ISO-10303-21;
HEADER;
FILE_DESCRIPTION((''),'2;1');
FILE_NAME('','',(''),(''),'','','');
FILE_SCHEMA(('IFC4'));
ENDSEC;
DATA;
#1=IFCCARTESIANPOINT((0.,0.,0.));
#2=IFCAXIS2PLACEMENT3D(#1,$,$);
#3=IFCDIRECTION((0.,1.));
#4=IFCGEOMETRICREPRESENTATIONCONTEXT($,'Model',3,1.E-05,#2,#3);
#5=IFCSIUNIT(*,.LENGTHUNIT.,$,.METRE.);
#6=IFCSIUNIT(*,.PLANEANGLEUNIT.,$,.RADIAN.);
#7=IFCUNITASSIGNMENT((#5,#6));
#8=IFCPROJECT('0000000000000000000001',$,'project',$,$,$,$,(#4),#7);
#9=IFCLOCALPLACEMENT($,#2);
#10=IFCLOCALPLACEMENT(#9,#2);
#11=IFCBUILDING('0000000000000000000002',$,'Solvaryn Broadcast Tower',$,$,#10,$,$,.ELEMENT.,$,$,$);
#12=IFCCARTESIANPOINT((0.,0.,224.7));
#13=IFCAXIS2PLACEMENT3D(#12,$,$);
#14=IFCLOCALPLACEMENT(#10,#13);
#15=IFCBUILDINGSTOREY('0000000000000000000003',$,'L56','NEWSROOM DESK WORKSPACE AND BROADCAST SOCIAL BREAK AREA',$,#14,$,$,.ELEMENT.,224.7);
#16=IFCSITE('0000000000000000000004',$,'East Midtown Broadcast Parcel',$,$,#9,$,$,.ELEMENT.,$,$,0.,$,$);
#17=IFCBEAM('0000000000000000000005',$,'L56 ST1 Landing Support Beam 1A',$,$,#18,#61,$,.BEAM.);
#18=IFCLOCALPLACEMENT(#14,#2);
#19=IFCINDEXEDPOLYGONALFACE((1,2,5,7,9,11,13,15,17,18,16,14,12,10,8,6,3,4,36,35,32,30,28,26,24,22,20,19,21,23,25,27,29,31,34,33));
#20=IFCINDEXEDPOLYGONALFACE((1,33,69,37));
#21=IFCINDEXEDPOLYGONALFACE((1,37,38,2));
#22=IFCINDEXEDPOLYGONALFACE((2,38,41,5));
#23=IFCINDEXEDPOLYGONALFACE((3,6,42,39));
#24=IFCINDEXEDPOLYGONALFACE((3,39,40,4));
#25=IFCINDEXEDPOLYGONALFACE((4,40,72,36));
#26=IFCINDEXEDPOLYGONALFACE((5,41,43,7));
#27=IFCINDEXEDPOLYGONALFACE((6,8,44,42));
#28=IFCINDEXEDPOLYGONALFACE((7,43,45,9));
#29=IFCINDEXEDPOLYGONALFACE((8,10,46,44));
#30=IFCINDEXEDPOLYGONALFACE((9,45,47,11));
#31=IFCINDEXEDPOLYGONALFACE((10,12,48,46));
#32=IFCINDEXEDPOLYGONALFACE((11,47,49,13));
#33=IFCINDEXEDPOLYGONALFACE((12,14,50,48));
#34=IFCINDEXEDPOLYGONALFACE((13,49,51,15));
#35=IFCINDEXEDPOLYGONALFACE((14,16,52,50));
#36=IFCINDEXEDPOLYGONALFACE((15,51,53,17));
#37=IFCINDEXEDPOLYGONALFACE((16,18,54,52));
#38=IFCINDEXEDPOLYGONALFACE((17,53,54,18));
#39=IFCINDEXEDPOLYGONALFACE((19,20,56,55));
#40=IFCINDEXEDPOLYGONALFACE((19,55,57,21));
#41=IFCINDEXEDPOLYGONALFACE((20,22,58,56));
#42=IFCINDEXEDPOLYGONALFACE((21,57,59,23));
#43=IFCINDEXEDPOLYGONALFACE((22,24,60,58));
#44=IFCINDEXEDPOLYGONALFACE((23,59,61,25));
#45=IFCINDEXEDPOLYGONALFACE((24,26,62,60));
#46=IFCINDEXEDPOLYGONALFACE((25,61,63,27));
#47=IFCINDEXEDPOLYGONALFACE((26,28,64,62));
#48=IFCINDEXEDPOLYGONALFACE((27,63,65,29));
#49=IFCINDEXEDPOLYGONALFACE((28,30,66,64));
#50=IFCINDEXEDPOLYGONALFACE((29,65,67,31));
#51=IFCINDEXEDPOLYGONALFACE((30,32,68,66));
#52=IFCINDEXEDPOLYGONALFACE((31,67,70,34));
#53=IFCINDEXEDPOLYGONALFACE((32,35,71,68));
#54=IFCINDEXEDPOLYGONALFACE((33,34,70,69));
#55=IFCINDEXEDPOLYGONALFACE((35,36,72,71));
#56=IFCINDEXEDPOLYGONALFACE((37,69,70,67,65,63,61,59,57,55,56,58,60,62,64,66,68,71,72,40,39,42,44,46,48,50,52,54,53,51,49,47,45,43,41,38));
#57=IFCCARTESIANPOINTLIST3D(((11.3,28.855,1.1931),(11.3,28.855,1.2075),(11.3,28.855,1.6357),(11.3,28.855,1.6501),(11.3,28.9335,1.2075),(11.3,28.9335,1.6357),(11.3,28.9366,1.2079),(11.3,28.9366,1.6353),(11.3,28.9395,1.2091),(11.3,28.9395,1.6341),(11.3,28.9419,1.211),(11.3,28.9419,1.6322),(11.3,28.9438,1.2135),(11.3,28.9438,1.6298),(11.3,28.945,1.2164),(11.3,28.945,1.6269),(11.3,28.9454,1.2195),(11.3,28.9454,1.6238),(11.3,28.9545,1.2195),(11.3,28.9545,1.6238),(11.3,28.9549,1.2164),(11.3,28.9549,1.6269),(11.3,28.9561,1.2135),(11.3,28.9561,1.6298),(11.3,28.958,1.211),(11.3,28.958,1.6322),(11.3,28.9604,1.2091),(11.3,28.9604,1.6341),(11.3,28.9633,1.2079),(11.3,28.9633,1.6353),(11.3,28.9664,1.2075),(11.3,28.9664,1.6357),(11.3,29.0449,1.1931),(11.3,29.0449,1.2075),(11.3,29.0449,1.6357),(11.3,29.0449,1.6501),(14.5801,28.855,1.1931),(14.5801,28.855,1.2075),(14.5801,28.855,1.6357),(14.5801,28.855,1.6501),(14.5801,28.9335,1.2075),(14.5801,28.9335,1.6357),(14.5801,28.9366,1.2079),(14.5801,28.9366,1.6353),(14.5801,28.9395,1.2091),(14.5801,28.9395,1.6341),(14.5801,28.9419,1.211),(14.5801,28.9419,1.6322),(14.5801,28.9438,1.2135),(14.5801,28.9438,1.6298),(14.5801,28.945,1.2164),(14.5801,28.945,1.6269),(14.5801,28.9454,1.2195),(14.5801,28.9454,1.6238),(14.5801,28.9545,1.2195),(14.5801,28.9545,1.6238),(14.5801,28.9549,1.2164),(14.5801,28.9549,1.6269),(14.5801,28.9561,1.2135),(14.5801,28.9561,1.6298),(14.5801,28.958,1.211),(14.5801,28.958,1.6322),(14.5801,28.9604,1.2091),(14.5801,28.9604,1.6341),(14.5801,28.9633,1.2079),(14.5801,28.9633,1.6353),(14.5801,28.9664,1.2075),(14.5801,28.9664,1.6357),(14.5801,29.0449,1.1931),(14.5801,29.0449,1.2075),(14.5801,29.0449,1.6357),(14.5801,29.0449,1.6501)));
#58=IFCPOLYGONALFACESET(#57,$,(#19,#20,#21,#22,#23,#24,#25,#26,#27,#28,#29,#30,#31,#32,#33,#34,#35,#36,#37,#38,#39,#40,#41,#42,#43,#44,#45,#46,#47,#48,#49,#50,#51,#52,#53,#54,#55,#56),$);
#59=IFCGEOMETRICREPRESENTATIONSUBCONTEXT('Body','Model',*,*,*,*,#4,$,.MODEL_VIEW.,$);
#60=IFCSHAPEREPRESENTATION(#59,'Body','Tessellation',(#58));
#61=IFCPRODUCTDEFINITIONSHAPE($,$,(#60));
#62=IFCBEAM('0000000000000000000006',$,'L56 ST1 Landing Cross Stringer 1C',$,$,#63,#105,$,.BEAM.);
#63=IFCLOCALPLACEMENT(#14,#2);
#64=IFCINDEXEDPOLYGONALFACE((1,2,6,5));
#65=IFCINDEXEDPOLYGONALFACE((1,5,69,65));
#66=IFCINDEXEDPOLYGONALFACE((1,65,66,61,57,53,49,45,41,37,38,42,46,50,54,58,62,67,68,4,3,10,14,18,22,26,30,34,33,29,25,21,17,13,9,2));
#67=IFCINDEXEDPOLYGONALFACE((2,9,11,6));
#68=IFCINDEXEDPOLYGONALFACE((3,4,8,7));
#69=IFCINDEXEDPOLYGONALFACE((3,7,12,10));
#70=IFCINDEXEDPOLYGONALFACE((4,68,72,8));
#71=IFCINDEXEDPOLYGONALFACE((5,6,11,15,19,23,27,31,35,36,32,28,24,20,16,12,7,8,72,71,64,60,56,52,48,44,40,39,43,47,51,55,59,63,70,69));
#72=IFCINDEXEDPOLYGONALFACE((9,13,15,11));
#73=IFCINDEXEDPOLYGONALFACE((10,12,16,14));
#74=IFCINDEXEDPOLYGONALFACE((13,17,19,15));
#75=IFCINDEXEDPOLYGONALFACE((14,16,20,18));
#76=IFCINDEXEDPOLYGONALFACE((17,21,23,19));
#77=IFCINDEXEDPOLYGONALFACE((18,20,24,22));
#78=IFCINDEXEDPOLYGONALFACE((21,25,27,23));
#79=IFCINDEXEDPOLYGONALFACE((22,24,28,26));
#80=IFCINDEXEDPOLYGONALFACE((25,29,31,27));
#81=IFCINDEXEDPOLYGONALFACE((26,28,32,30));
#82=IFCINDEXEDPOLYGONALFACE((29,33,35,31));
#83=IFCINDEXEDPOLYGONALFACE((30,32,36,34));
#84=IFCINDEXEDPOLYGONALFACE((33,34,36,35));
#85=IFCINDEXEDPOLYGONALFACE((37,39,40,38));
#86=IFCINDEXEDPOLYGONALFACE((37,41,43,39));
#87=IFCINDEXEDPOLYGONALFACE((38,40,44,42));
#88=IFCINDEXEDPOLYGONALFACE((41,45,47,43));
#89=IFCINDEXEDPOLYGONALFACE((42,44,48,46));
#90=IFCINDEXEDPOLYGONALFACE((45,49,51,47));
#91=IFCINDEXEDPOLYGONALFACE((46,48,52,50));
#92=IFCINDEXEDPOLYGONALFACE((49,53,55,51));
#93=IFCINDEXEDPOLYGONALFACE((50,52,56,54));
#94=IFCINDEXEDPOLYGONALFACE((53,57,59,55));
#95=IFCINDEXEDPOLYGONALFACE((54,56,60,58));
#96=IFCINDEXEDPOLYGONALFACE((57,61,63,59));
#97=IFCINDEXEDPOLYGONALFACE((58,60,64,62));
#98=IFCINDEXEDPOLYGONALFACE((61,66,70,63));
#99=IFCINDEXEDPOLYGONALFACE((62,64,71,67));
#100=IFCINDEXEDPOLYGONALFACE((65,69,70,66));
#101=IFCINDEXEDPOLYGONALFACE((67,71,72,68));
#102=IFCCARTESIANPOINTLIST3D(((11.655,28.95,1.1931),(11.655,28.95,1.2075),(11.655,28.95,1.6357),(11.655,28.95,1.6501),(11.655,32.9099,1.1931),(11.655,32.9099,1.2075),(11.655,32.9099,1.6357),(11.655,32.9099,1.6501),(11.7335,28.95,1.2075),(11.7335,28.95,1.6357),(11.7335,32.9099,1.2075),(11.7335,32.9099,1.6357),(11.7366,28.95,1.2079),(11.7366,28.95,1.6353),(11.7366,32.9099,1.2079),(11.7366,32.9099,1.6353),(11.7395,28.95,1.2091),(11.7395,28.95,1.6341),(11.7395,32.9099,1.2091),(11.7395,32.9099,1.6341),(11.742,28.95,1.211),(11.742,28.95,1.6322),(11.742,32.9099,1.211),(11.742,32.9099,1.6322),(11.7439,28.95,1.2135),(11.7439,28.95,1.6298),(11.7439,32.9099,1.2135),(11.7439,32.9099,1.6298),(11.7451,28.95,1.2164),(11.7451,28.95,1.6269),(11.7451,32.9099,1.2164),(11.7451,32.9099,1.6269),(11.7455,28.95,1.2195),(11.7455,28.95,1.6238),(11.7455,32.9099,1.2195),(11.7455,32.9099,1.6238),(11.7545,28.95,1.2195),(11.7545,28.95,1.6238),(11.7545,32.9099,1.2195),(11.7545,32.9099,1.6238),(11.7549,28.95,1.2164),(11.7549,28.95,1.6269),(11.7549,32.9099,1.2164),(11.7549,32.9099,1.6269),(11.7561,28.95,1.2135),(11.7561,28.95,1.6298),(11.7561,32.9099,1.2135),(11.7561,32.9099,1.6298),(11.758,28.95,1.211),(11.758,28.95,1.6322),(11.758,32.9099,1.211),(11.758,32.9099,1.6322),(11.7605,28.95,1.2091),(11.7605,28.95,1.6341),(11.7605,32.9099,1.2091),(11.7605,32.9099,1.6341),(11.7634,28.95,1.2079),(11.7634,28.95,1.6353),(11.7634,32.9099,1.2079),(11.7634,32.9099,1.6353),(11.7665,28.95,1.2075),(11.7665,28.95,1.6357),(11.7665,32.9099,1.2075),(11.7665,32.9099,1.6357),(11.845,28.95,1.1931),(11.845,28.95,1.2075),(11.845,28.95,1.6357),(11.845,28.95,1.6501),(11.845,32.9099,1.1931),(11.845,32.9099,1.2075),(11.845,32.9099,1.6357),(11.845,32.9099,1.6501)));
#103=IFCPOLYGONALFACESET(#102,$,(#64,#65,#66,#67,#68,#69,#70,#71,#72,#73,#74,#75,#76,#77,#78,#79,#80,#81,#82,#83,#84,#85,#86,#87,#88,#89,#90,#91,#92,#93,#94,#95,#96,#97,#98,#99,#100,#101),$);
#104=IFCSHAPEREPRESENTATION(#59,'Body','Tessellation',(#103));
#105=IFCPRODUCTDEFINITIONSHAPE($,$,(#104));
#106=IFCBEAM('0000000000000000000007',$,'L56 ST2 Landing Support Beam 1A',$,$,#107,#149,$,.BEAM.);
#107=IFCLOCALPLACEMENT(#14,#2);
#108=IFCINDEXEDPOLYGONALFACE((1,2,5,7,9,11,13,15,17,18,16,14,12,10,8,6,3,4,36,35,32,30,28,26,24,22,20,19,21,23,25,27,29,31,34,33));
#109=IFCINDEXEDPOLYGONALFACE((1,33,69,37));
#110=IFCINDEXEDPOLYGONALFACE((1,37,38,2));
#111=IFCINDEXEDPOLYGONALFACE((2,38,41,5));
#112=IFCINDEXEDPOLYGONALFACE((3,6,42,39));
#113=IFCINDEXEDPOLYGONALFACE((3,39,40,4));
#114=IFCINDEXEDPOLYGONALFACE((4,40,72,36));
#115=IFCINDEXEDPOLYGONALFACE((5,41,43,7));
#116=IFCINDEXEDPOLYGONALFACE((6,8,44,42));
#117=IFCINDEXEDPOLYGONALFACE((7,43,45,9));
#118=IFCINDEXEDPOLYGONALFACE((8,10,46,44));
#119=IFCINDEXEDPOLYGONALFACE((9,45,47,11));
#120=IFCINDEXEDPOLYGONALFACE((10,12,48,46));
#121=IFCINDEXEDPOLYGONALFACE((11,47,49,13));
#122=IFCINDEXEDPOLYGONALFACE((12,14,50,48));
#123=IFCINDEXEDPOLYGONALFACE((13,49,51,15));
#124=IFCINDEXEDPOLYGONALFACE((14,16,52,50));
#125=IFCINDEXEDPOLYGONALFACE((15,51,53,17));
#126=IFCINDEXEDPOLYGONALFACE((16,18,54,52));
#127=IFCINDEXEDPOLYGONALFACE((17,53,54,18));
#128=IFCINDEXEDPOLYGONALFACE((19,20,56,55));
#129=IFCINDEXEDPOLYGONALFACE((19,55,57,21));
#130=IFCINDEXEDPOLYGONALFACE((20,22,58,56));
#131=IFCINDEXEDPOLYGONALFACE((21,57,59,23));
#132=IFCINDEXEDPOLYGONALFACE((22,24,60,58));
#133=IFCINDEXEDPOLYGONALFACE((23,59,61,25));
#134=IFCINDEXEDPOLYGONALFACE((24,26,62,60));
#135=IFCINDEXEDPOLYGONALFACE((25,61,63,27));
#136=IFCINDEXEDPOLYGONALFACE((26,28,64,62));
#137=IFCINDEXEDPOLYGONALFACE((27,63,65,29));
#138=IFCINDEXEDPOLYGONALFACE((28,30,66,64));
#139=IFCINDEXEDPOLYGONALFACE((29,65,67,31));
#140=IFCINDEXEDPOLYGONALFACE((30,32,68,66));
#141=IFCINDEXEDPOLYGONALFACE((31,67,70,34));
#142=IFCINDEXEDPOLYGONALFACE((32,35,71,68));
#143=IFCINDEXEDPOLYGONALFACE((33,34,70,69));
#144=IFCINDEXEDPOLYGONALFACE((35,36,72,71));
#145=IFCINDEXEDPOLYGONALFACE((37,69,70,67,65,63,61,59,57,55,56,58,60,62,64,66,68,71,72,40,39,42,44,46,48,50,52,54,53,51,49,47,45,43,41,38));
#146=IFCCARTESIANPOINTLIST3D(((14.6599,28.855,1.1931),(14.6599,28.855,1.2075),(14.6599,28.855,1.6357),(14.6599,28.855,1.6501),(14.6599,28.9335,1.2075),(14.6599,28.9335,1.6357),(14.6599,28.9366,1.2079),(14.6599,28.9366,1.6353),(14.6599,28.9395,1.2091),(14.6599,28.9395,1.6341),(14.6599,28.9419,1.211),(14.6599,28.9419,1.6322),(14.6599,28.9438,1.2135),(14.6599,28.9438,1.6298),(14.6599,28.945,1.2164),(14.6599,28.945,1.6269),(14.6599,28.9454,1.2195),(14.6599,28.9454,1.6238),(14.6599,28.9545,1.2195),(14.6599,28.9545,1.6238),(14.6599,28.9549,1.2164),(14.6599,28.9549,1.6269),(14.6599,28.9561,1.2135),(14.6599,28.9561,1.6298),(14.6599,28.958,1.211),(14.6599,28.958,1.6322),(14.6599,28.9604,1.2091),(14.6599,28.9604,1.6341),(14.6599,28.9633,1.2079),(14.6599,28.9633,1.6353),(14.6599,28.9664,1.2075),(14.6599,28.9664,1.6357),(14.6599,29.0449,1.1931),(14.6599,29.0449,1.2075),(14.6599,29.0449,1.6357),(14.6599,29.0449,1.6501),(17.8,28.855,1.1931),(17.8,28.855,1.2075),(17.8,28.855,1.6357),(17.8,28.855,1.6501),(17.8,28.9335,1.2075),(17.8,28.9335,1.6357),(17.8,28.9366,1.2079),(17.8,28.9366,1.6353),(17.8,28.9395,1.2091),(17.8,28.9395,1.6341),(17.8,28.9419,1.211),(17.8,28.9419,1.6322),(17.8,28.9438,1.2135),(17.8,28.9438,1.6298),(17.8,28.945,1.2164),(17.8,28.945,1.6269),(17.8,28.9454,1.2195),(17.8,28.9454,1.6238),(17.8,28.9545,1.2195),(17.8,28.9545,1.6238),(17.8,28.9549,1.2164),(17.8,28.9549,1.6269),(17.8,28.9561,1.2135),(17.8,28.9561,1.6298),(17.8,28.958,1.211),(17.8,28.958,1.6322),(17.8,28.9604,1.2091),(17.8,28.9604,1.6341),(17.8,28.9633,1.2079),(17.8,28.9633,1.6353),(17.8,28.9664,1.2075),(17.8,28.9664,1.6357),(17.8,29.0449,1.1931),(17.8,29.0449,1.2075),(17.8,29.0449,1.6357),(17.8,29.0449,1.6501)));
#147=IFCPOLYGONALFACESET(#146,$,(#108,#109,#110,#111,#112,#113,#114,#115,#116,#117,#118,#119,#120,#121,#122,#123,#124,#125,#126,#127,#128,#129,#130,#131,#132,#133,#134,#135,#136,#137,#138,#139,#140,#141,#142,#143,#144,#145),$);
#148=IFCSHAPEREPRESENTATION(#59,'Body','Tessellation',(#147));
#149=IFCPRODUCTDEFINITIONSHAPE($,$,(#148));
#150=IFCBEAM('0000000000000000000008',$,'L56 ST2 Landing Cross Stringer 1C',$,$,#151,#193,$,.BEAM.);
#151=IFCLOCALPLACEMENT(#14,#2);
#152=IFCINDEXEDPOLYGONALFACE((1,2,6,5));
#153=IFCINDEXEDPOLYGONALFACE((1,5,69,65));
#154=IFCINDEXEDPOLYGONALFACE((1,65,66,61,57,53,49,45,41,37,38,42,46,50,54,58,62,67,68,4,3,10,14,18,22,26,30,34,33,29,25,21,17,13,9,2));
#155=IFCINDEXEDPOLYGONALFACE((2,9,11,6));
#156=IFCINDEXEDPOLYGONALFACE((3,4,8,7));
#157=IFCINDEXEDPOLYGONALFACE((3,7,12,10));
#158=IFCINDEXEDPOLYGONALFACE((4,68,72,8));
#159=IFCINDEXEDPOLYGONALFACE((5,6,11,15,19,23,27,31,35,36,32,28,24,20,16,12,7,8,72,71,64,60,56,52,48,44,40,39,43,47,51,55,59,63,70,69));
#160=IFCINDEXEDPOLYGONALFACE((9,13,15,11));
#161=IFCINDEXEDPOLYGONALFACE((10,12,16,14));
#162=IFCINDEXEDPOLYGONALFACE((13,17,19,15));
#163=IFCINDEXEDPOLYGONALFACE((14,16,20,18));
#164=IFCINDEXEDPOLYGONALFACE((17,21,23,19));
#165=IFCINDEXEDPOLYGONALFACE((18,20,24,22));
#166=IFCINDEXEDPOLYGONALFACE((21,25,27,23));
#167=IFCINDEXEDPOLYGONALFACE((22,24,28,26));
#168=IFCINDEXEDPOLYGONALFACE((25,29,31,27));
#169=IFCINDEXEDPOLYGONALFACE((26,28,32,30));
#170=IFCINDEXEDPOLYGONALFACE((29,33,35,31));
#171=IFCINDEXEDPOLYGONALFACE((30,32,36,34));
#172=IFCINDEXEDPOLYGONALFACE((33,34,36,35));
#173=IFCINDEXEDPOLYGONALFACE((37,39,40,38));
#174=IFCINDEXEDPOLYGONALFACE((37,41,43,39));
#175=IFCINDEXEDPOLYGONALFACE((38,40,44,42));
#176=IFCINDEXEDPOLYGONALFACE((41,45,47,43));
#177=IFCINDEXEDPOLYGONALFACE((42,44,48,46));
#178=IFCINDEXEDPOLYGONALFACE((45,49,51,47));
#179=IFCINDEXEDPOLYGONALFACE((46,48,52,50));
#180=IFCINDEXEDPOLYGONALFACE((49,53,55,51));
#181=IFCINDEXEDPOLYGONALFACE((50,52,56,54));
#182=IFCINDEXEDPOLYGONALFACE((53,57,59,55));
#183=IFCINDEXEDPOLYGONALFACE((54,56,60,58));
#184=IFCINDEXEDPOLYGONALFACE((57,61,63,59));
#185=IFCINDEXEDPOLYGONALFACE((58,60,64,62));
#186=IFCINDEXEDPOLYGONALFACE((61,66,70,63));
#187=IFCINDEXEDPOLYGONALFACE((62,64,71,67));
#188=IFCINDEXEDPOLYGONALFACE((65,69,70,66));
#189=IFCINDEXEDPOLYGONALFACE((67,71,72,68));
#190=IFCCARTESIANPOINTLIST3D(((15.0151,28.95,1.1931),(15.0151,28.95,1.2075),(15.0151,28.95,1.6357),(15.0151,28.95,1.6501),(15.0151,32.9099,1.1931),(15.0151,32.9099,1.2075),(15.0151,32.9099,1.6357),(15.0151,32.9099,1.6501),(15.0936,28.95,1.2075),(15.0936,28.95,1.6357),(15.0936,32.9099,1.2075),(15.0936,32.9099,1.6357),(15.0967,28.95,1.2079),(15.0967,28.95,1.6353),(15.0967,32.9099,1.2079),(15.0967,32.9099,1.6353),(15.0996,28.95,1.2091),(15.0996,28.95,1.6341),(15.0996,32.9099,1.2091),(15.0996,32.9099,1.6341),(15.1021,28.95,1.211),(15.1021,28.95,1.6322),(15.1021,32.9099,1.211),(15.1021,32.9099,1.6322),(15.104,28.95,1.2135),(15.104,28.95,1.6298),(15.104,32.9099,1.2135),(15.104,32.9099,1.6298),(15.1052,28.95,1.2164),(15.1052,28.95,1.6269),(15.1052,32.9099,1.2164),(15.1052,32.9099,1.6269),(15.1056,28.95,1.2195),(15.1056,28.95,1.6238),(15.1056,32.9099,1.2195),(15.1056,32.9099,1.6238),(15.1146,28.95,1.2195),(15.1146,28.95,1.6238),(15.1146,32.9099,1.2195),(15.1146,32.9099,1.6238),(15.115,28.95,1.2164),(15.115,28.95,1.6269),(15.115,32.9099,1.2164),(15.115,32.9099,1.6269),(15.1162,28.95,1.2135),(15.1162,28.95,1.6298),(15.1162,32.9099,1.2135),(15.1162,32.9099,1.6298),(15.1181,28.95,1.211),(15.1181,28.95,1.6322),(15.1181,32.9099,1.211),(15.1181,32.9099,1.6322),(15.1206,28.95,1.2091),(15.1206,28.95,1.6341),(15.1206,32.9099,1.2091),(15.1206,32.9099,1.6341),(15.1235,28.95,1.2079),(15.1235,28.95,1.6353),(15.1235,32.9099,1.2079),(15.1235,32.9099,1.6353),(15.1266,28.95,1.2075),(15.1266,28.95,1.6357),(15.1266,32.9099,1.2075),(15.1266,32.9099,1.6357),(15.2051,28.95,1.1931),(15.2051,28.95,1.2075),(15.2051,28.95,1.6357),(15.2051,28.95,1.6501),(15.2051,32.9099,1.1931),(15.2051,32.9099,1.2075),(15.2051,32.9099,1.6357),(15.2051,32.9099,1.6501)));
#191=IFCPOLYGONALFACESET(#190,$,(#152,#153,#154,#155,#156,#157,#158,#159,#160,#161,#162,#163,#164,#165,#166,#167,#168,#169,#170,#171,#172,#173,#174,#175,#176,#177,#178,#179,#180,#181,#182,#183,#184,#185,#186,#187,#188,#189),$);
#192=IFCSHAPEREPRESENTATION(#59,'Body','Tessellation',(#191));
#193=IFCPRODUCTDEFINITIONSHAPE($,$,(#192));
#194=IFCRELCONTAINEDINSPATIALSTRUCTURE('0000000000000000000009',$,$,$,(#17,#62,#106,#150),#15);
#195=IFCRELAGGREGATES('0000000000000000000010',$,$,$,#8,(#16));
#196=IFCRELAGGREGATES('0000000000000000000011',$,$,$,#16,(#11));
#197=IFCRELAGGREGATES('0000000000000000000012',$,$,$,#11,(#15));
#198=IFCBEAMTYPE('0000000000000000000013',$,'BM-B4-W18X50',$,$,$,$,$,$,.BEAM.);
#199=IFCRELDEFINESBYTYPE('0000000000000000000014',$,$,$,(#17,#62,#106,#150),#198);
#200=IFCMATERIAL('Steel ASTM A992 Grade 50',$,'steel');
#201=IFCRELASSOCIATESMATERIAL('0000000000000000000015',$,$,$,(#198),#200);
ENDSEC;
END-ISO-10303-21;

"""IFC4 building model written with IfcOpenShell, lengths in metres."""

from ifc_helpers import new_model, si_unit, direction, frame, origin, origin_2d, place, context, subcontext, project, spatial, i_section, extrude, material, material_profile, profile_set, type_object, element, save


model = new_model("IFC4")

# Units and contexts
model_context = context("Model", 3, precision=1e-05, world=origin(), true_north=direction((0.0, 1.0)))
body_context = subcontext(model_context, "Body", "Model", "MODEL_VIEW")
ifc_project = project(units=[si_unit("LENGTHUNIT", "METRE"), si_unit("PLANEANGLEUNIT", "RADIAN")], contexts=[model_context])

# Site, building, storey
site_placement = place(None, origin())
site = spatial("IfcSite", under=ifc_project, at=site_placement, Name="East Midtown Broadcast Parcel", CompositionType="ELEMENT", RefElevation=0.0)
building_placement = place(site_placement, origin())
building = spatial("IfcBuilding", under=site, at=building_placement, Name="Solvaryn Broadcast Tower", CompositionType="ELEMENT")
storey_placement = place(building_placement, frame((0.0, 0.0, 224.7)))
storey = spatial("IfcBuildingStorey", under=building, at=storey_placement, Name="L56", Description="NEWSROOM DESK WORKSPACE AND BROADCAST SOCIAL BREAK AREA", CompositionType="ELEMENT", Elevation=224.7)

# Beams
ifc_material_1 = material(Name="Steel ASTM A992 Grade 50", Category="steel")
ifc_material_profile_1 = material_profile(ifc_material_1, i_section(OverallWidth=0.1899, OverallDepth=0.457, WebThickness=0.009, FlangeThickness=0.0144, FilletRadius=0.012, at=origin_2d()))
ifc_profile_set_1 = profile_set([ifc_material_profile_1], Name="Steel ASTM A992 Grade 50")
beam_type_1 = type_object("IfcBeamType", Name="BM-B4-W18X50", PredefinedType="BEAM", material=ifc_profile_set_1)
beam_1_placement = place(storey_placement, frame((11.3, 28.95, 1.4216), z_axis=(1.0, 0.0, 0.0), x_axis=(0.0, 1.0, 0.0)))
element("IfcBeam", 1, at=beam_1_placement, inside=storey, type_object=beam_type_1, Name="L56 ST1 Landing Support Beam 1A", PredefinedType="BEAM", context=body_context, shape_type="SweptSolid", body=[
    extrude(i_section(OverallWidth=0.1899, OverallDepth=0.457, WebThickness=0.009, FlangeThickness=0.0144, FilletRadius=0.012, at=origin_2d()), origin(), (0.0, 0.0, 1.0), 3.28),
])
beam_2_placement = place(storey_placement, frame((11.75, 28.95, 1.4216), z_axis=(0.0, 1.0, 0.0), x_axis=(-1.0, 0.0, 0.0)))
element("IfcBeam", 2, at=beam_2_placement, inside=storey, type_object=beam_type_1, Name="L56 ST1 Landing Cross Stringer 1C", PredefinedType="BEAM", context=body_context, shape_type="SweptSolid", body=[
    extrude(i_section(OverallWidth=0.1899, OverallDepth=0.457, WebThickness=0.009, FlangeThickness=0.0144, FilletRadius=0.012, at=origin_2d()), origin(), (0.0, 0.0, 1.0), 3.96),
])
beam_3_placement = place(storey_placement, frame((14.6599, 28.95, 1.4216), z_axis=(1.0, 0.0, 0.0), x_axis=(0.0, 1.0, 0.0)))
element("IfcBeam", 3, at=beam_3_placement, inside=storey, type_object=beam_type_1, Name="L56 ST2 Landing Support Beam 1A", PredefinedType="BEAM", context=body_context, shape_type="SweptSolid", body=[
    extrude(i_section(OverallWidth=0.1899, OverallDepth=0.457, WebThickness=0.009, FlangeThickness=0.0144, FilletRadius=0.012, at=origin_2d()), origin(), (0.0, 0.0, 1.0), 3.1401),
])
beam_4_placement = place(storey_placement, frame((15.1101, 28.95, 1.4216), z_axis=(0.0, 1.0, 0.0), x_axis=(-1.0, 0.0, 0.0)))
element("IfcBeam", 4, at=beam_4_placement, inside=storey, type_object=beam_type_1, Name="L56 ST2 Landing Cross Stringer 1C", PredefinedType="BEAM", context=body_context, shape_type="SweptSolid", body=[
    extrude(i_section(OverallWidth=0.1899, OverallDepth=0.457, WebThickness=0.009, FlangeThickness=0.0144, FilletRadius=0.012, at=origin_2d()), origin(), (0.0, 0.0, 1.0), 3.96),
])

save(model, "model.ifc")
